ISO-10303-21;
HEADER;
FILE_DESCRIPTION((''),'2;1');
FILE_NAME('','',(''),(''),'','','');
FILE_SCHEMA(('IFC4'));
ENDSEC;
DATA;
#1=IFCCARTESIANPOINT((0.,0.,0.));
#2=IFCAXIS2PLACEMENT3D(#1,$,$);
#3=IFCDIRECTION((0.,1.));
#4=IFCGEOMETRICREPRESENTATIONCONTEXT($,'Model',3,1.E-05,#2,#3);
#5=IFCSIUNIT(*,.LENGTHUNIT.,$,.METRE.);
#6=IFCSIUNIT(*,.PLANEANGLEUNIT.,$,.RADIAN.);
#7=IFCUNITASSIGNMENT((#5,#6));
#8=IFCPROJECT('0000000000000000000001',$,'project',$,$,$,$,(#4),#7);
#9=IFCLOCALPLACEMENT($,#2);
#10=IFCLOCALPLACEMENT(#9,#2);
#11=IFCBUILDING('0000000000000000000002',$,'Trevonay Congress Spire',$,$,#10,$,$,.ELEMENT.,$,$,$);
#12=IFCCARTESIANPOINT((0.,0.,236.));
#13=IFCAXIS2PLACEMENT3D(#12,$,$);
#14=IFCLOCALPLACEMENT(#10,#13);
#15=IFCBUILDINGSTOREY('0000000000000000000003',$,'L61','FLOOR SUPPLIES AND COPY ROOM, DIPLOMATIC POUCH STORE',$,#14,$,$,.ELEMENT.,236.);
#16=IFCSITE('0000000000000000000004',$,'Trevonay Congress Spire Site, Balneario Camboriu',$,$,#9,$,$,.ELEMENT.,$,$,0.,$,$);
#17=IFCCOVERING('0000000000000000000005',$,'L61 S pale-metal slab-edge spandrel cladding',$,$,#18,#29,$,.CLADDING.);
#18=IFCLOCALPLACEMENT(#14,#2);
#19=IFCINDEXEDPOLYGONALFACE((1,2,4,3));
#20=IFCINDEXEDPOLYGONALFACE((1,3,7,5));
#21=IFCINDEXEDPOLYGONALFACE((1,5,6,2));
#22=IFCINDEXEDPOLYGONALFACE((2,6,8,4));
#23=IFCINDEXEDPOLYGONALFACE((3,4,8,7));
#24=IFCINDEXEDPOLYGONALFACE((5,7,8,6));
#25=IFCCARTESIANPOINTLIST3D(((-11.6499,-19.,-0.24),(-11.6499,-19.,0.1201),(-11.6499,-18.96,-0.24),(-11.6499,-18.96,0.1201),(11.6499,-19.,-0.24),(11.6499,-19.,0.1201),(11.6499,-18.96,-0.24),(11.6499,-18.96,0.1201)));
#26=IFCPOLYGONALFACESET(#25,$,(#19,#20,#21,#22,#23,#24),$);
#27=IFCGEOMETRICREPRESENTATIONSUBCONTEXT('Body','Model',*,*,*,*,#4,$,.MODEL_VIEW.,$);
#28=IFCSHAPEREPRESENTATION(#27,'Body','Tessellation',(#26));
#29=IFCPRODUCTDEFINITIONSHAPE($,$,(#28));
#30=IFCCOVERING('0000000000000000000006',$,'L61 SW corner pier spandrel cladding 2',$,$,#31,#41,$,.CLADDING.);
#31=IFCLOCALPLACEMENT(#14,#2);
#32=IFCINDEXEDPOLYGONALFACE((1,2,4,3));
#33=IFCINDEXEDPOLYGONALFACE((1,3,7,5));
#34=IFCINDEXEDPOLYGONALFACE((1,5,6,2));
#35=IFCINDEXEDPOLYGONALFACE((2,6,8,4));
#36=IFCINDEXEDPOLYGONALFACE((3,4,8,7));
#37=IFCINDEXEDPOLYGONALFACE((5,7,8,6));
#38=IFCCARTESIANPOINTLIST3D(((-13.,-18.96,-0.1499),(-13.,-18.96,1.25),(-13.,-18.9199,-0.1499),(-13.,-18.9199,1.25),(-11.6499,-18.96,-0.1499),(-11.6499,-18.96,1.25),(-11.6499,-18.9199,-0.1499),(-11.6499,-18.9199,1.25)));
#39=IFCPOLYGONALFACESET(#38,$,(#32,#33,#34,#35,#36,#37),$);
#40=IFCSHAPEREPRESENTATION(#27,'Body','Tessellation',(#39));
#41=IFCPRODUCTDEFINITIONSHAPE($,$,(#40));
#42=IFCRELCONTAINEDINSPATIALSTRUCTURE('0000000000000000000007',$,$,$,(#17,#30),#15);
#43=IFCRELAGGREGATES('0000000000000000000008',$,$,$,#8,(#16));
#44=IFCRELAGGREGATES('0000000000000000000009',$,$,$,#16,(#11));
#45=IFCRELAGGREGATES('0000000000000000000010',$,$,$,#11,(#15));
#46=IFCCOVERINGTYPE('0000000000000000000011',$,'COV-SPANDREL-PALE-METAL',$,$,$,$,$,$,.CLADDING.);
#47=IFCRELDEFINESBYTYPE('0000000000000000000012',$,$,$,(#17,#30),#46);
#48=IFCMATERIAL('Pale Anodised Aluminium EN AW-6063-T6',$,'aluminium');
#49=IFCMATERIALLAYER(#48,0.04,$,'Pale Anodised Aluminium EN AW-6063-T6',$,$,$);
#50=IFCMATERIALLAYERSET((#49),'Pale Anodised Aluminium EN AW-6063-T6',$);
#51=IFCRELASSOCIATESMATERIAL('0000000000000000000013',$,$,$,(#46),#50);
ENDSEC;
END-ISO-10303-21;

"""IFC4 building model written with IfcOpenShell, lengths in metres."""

from ifc_helpers import new_model, si_unit, direction, frame, frame_2d, origin, place, context, subcontext, project, spatial, rectangle, extrude, material, layer, layer_set, type_object, element, save


model = new_model("IFC4")

# Units and contexts
model_context = context("Model", 3, precision=1e-05, world=origin(), true_north=direction((0.0, 1.0)))
body_context = subcontext(model_context, "Body", "Model", "MODEL_VIEW")
ifc_project = project(units=[si_unit("LENGTHUNIT", "METRE"), si_unit("PLANEANGLEUNIT", "RADIAN")], contexts=[model_context])

# Site, building, storey
site_placement = place(None, origin())
site = spatial("IfcSite", under=ifc_project, at=site_placement, Name="Trevonay Congress Spire Site, Balneario Camboriu", CompositionType="ELEMENT", RefElevation=0.0)
building_placement = place(site_placement, origin())
building = spatial("IfcBuilding", under=site, at=building_placement, Name="Trevonay Congress Spire", CompositionType="ELEMENT")
storey_placement = place(building_placement, frame((0.0, 0.0, 236.0)))
storey = spatial("IfcBuildingStorey", under=building, at=storey_placement, Name="L61", Description="FLOOR SUPPLIES AND COPY ROOM, DIPLOMATIC POUCH STORE", CompositionType="ELEMENT", Elevation=236.0)

# Coverings
ifc_material_1 = material(Name="Pale Anodised Aluminium EN AW-6063-T6", Category="aluminium")
ifc_layer_1 = layer(ifc_material_1, 0.04, Name="Pale Anodised Aluminium EN AW-6063-T6")
ifc_layer_set_1 = layer_set([ifc_layer_1], Name="Pale Anodised Aluminium EN AW-6063-T6")
covering_type = type_object("IfcCoveringType", Name="COV-SPANDREL-PALE-METAL", PredefinedType="CLADDING", material=ifc_layer_set_1)
covering_1_placement = place(storey_placement, frame((-11.6499, -18.98, -0.24), z_axis=(0.0, 0.0, 1.0), x_axis=(1.0, 0.0, 0.0)))
element("IfcCovering", 1, at=covering_1_placement, inside=storey, type_object=covering_type, Name="L61 S pale-metal slab-edge spandrel cladding", PredefinedType="CLADDING", context=body_context, shape_type="SweptSolid", body=[
    extrude(rectangle(XDim=23.2998, YDim=0.04, at=frame_2d((11.6499, 0.0))), origin(), (0.0, 0.0, 1.0), 0.3601),
])
covering_2_placement = place(storey_placement, frame((-11.6499, -18.9399, -0.1499), z_axis=(0.0, 0.0, 1.0), x_axis=(-1.0, 0.0, 0.0)))
element("IfcCovering", 2, at=covering_2_placement, inside=storey, type_object=covering_type, Name="L61 SW corner pier spandrel cladding 2", PredefinedType="CLADDING", context=body_context, shape_type="SweptSolid", body=[
    extrude(rectangle(XDim=1.3501, YDim=0.04, at=frame_2d((0.675, 0.0))), origin(), (0.0, 0.0, 1.0), 1.3999),
])

save(model, "model.ifc")
